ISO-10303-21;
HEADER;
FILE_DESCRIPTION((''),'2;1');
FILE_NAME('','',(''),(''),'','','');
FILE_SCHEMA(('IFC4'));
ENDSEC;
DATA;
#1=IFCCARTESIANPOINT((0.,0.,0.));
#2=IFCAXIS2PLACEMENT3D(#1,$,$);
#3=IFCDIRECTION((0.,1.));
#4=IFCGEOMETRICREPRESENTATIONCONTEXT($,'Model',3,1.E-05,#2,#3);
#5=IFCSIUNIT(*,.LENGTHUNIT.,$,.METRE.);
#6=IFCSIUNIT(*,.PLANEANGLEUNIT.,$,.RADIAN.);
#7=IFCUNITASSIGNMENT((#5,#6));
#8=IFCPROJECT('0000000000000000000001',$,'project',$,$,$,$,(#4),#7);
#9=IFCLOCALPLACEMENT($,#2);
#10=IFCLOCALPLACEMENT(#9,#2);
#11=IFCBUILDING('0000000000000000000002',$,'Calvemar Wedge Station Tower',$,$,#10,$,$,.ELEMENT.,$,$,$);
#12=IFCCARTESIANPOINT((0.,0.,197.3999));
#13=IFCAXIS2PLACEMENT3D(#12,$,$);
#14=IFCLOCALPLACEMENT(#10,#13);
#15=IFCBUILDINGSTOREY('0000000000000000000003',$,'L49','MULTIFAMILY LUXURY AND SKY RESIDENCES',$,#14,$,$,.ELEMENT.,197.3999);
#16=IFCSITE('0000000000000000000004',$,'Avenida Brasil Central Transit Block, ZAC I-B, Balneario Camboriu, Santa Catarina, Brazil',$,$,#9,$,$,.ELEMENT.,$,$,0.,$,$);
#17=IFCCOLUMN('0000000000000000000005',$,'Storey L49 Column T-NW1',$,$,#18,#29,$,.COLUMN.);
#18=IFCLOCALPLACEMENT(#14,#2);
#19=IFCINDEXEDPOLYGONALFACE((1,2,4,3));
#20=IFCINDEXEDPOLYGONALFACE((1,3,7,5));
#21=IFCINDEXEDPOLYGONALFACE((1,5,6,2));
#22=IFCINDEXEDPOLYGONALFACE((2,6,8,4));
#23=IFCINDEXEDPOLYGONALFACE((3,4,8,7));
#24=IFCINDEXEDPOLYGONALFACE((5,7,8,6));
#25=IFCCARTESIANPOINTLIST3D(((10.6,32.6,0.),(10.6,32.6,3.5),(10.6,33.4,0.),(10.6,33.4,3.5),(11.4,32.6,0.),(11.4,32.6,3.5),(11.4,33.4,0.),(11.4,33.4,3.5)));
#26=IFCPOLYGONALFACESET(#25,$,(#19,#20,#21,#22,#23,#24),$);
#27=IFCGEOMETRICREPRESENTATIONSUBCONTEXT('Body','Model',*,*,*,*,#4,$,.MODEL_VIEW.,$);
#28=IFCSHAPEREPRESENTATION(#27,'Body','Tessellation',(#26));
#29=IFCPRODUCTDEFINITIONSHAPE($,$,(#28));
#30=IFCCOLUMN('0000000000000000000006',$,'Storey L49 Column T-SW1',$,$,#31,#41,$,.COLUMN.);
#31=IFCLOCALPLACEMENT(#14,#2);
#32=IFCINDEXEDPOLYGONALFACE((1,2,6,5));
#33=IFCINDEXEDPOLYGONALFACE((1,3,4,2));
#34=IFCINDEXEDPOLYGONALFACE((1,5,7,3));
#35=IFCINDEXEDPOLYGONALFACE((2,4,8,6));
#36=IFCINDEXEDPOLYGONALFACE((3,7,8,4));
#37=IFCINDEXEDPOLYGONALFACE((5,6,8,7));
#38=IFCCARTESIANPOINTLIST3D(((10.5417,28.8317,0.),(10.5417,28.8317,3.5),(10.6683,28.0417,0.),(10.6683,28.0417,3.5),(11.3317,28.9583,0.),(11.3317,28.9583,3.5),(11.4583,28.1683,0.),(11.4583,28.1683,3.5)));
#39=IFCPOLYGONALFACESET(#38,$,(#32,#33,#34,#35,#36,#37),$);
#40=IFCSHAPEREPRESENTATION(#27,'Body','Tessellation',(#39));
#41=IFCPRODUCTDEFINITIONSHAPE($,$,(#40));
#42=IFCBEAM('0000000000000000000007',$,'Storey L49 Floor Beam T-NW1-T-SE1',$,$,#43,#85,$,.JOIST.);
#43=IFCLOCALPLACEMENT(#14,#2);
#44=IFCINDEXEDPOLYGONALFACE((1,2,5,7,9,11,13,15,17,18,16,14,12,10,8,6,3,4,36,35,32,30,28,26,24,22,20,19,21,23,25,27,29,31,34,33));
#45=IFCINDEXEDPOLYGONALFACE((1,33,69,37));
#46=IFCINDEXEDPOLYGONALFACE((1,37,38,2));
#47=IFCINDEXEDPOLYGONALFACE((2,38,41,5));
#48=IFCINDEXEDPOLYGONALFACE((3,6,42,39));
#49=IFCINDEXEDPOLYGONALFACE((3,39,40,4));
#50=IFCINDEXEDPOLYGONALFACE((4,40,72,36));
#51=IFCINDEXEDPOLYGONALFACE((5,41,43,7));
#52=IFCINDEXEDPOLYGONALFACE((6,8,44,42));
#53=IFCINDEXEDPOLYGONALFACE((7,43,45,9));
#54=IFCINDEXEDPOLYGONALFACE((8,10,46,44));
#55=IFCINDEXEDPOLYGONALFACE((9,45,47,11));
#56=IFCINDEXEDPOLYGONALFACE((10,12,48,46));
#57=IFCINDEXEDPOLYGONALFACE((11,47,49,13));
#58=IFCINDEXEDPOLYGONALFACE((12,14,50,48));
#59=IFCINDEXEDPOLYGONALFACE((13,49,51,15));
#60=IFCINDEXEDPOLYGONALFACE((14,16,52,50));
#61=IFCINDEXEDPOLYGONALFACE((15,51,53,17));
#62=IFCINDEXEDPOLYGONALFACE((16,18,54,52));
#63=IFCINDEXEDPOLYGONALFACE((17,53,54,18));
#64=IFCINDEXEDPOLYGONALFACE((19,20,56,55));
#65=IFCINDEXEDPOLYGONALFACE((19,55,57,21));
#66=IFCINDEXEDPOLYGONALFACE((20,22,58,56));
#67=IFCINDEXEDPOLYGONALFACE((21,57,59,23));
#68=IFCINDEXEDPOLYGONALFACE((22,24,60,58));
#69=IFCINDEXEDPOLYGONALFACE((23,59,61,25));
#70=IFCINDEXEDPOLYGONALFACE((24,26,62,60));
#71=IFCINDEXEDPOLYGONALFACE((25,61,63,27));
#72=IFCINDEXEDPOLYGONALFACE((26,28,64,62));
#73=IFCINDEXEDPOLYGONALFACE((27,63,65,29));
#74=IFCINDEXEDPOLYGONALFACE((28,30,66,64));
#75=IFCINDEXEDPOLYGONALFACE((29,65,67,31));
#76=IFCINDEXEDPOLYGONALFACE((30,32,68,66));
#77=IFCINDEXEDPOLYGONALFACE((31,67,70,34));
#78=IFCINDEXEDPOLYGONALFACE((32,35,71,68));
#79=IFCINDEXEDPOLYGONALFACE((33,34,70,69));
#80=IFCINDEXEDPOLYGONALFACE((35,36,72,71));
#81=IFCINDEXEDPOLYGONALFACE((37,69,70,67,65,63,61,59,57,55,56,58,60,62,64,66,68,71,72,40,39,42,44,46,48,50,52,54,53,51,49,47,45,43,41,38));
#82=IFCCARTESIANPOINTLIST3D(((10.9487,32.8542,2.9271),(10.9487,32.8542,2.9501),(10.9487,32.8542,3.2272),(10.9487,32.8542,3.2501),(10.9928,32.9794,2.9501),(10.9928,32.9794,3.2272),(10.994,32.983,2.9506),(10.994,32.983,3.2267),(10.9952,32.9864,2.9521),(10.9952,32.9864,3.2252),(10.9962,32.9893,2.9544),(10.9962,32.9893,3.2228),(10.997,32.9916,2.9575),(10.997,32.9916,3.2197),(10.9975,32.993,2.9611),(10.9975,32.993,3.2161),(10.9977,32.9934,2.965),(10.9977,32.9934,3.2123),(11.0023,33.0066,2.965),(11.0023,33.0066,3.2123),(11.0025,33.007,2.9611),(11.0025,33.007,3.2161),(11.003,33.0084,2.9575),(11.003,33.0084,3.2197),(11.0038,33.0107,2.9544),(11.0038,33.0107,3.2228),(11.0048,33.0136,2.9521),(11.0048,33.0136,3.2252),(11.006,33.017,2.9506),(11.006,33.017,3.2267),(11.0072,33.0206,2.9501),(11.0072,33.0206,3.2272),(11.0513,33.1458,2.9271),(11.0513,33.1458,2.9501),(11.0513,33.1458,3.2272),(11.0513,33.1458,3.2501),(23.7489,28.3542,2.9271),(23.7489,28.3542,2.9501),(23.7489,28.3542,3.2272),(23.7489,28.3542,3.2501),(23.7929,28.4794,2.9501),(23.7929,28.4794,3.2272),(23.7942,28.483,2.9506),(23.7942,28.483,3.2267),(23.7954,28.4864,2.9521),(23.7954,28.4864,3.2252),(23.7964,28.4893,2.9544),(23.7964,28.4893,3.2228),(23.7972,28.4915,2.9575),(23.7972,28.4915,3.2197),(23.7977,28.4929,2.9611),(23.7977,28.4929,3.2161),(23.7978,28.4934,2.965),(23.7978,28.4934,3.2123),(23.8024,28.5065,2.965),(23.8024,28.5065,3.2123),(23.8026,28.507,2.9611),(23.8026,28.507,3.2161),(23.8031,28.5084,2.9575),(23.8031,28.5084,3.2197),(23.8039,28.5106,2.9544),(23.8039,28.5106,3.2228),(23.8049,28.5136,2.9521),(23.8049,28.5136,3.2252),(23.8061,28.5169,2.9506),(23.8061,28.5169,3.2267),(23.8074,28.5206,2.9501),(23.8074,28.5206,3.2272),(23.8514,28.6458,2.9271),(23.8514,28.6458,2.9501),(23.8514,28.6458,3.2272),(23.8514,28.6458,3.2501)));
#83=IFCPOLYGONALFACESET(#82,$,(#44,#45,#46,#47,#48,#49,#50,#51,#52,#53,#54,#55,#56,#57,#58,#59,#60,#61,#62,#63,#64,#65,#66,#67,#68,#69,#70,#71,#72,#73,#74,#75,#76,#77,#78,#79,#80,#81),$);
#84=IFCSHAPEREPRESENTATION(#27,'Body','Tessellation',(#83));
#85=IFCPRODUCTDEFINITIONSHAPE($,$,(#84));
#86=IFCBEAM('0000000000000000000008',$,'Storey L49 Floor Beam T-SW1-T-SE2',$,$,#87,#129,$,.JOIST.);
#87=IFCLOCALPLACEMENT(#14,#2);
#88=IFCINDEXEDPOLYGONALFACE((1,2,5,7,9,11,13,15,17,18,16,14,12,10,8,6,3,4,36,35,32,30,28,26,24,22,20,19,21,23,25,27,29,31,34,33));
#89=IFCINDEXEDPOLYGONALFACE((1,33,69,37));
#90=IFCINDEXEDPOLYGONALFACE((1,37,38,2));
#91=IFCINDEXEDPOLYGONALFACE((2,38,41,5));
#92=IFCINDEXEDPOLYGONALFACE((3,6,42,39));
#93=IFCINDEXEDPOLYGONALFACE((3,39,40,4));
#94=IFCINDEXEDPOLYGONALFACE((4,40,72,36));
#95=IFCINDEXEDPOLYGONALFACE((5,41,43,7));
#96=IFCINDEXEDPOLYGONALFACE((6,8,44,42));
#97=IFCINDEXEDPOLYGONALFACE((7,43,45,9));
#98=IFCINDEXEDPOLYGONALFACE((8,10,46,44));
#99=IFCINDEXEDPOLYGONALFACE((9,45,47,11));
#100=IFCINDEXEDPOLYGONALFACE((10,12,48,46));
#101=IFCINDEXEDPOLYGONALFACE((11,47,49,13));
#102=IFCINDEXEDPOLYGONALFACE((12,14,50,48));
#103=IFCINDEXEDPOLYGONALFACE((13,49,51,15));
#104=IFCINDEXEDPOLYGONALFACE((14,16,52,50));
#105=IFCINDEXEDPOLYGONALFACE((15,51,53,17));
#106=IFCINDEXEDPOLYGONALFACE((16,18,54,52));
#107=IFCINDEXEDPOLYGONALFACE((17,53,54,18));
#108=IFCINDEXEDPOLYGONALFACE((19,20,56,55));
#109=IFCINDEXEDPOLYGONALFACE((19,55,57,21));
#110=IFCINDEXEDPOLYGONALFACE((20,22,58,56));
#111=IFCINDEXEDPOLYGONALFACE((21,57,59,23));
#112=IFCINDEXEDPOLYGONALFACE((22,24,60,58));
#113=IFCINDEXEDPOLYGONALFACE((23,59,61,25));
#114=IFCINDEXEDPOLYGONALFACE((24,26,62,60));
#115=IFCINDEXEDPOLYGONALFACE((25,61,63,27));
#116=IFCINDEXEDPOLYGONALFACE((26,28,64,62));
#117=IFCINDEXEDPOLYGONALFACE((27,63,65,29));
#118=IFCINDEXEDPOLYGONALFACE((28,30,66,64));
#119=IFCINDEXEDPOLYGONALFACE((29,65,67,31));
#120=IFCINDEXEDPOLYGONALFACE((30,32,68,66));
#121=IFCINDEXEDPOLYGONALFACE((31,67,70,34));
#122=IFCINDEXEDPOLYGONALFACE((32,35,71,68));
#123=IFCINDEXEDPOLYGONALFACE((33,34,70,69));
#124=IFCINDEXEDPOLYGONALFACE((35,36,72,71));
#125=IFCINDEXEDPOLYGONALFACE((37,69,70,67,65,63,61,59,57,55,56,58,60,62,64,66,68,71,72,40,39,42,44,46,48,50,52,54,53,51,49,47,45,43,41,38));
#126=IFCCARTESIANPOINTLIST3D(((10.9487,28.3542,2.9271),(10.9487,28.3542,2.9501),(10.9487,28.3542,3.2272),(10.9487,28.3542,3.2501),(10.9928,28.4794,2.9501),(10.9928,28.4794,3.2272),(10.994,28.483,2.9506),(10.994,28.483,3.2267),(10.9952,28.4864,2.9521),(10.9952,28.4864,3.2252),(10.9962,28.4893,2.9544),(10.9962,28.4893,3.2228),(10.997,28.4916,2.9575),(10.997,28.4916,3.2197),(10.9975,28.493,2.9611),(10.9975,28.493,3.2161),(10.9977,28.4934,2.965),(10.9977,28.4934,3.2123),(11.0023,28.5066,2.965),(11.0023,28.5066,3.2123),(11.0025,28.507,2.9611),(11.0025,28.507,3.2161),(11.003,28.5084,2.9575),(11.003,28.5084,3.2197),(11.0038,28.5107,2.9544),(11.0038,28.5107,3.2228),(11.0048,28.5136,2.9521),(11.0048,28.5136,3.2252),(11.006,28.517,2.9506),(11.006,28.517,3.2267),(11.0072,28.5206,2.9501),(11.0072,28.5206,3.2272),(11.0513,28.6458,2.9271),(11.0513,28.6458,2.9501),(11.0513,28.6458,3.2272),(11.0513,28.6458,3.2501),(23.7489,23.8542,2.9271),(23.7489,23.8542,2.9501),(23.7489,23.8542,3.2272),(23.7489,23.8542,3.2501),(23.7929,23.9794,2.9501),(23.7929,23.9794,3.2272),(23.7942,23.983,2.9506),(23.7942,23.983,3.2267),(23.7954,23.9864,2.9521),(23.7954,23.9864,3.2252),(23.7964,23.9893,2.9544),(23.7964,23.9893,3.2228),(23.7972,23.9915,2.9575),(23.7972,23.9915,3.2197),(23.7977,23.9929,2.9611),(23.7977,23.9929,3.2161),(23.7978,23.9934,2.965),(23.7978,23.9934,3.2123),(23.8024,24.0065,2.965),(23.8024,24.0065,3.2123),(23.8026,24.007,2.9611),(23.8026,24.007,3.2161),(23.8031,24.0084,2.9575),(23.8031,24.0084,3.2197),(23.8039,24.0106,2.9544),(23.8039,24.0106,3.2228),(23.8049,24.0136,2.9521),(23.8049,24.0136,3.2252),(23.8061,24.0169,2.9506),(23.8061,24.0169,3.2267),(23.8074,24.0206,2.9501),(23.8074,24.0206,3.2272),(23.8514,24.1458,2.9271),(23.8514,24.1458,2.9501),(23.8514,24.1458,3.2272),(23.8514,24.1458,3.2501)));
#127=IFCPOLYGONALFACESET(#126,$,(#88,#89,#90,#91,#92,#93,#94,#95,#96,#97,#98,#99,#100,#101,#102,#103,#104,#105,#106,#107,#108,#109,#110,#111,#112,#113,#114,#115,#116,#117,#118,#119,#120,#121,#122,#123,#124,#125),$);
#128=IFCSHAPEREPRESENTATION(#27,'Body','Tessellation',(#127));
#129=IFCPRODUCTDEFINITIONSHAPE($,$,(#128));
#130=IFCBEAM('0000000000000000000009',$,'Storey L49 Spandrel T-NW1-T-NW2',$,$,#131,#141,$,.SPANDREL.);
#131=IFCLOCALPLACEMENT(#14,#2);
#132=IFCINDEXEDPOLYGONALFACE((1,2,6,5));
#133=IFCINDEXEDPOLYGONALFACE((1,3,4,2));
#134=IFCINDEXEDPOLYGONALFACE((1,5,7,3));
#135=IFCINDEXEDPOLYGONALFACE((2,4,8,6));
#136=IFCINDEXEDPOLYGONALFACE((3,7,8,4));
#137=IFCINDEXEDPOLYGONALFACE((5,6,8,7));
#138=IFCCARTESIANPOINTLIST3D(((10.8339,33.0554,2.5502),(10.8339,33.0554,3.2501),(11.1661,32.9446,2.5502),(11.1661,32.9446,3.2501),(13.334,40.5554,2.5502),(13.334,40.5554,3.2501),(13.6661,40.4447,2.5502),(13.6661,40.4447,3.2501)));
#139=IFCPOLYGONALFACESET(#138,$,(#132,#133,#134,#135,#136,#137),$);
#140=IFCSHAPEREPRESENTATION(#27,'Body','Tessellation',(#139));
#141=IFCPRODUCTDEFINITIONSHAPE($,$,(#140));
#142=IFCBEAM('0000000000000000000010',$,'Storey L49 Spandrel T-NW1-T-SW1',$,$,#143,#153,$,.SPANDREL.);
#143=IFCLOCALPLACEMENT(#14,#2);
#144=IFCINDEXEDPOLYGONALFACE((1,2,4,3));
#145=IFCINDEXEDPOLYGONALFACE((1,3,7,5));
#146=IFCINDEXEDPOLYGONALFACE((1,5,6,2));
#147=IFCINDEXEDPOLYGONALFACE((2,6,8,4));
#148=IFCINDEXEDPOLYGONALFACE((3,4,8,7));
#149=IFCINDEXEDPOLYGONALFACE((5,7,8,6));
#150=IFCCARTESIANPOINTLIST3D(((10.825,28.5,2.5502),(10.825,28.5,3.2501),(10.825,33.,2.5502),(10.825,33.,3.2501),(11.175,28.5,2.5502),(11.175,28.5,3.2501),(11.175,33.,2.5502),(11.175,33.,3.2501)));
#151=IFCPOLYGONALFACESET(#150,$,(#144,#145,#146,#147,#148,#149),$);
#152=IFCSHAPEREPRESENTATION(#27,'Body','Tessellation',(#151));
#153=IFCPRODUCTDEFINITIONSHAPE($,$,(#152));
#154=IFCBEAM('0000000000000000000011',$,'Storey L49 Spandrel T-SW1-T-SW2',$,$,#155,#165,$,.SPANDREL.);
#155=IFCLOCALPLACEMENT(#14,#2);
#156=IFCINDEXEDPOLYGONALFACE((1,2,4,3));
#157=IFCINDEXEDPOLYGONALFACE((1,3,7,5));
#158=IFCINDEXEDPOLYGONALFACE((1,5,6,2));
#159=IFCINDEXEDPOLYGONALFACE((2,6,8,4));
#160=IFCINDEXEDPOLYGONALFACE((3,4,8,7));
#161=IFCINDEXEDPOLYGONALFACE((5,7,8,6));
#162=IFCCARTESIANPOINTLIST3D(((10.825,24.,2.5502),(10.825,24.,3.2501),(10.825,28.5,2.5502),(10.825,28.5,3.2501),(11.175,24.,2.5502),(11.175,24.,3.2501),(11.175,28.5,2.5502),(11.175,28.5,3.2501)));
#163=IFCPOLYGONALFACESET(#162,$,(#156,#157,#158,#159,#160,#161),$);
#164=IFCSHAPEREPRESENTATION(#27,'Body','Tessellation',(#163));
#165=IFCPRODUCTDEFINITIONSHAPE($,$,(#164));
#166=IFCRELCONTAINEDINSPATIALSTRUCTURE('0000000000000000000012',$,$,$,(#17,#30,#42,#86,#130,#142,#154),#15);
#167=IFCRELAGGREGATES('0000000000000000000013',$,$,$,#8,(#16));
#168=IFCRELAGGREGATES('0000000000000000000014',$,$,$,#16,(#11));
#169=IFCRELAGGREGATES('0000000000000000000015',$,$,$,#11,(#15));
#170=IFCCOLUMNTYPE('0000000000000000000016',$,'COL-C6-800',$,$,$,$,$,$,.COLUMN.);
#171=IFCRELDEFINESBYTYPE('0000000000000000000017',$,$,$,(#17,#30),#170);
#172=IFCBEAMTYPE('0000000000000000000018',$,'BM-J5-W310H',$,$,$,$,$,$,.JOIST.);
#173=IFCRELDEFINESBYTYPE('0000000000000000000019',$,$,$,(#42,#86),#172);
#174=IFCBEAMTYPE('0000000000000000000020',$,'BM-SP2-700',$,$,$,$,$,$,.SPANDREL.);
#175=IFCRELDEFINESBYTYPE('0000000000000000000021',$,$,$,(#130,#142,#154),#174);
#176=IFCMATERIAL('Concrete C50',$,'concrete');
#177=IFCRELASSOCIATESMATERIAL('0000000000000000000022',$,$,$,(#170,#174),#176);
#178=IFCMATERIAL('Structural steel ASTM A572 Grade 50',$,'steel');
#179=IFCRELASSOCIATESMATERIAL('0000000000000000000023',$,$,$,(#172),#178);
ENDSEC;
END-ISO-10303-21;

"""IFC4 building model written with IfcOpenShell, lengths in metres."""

from ifc_helpers import new_model, si_unit, direction, frame, origin, origin_2d, place, context, subcontext, project, spatial, rectangle, i_section, extrude, source, transform, mapped, material, material_profile, profile_set, type_object, element, save


model = new_model("IFC4")

# Units and contexts
model_context = context("Model", 3, precision=1e-05, world=origin(), true_north=direction((0.0, 1.0)))
body_context = subcontext(model_context, "Body", "Model", "MODEL_VIEW")
ifc_project = project(units=[si_unit("LENGTHUNIT", "METRE"), si_unit("PLANEANGLEUNIT", "RADIAN")], contexts=[model_context])

# Site, building, storey
site_placement = place(None, origin())
site = spatial("IfcSite", under=ifc_project, at=site_placement, Name="Avenida Brasil Central Transit Block, ZAC I-B, Balneario Camboriu, Santa Catarina, Brazil", CompositionType="ELEMENT", RefElevation=0.0)
building_placement = place(site_placement, origin())
building = spatial("IfcBuilding", under=site, at=building_placement, Name="Calvemar Wedge Station Tower", CompositionType="ELEMENT")
storey_placement = place(building_placement, frame((0.0, 0.0, 197.3999)))
storey = spatial("IfcBuildingStorey", under=building, at=storey_placement, Name="L49", Description="MULTIFAMILY LUXURY AND SKY RESIDENCES", CompositionType="ELEMENT", Elevation=197.3999)

# Columns
ifc_material_1 = material(Name="Concrete C50", Category="concrete")
ifc_material_profile_1 = material_profile(ifc_material_1, rectangle(XDim=0.8, YDim=0.8, at=origin_2d()), Name="RC800x800")
ifc_profile_set_1 = profile_set([ifc_material_profile_1], Name="Concrete C50")
column_type = type_object("IfcColumnType", Name="COL-C6-800", PredefinedType="COLUMN", material=ifc_profile_set_1)
shared_shape_1 = source(origin(), body_context, "Body", "SweptSolid", [
    extrude(rectangle(XDim=0.8, YDim=0.8, at=origin_2d()), origin(), (0.0, 0.0, 1.0), 3.5),
])
for number, where, z_axis, x_axis, name in (
    (1, (11.0, 33.0, 0.0), (0.0, 0.0, 1.0), (1.0, 0.0, 0.0), "Storey L49 Column T-NW1"),
    (2, (11.0, 28.5, 0.0), (0.0, 0.0, 1.0), (0.158158, -0.987414, 0.0), "Storey L49 Column T-SW1"),
):
    element("IfcColumn", number, at=place(storey_placement, frame(where, z_axis=z_axis, x_axis=x_axis)), inside=storey, type_object=column_type, Name=name, PredefinedType="COLUMN", context=body_context, shape_type="MappedRepresentation", body=[
        mapped(shared_shape_1, transform((0.0, 0.0, 0.0), scale=1.0)),
    ])

# Beams
ifc_material_2 = material(Name="Structural steel ASTM A572 Grade 50", Category="steel")
ifc_material_profile_2 = material_profile(ifc_material_2, i_section(OverallWidth=0.3091, OverallDepth=0.323, WebThickness=0.0139, FlangeThickness=0.0229, FilletRadius=0.0149, at=origin_2d()), Name="W310x143")
ifc_profile_set_2 = profile_set([ifc_material_profile_2], Name="Structural steel ASTM A572 Grade 50")
beam_type_1 = type_object("IfcBeamType", Name="BM-J5-W310H", PredefinedType="JOIST", material=ifc_profile_set_2)
shared_shape_2 = source(origin(), body_context, "Body", "SweptSolid", [
    extrude(i_section(OverallWidth=0.3091, OverallDepth=0.323, WebThickness=0.0139, FlangeThickness=0.0229, FilletRadius=0.0149, at=origin_2d()), origin(), (0.0, 0.0, 1.0), 13.5681),
])
for number, where, z_axis, x_axis, name in (
    (3, (11.0, 33.0, 3.0886), (0.943398, -0.331662, 0.0), (0.331662, 0.943398, 0.0), "Storey L49 Floor Beam T-NW1-T-SE1"),
    (4, (11.0, 28.5, 3.0886), (0.943398, -0.331662, 0.0), (0.331662, 0.943398, 0.0), "Storey L49 Floor Beam T-SW1-T-SE2"),
):
    element("IfcBeam", number, at=place(storey_placement, frame(where, z_axis=z_axis, x_axis=x_axis)), inside=storey, type_object=beam_type_1, Name=name, PredefinedType="JOIST", context=body_context, shape_type="MappedRepresentation", body=[
        mapped(shared_shape_2, transform((0.0, 0.0, 0.0), scale=1.0)),
    ])
ifc_material_profile_3 = material_profile(ifc_material_1, rectangle(XDim=0.3501, YDim=0.7, at=origin_2d()), Name="RC350x700")
ifc_profile_set_3 = profile_set([ifc_material_profile_3], Name="Concrete C50")
beam_type_2 = type_object("IfcBeamType", Name="BM-SP2-700", PredefinedType="SPANDREL", material=ifc_profile_set_3)
shared_shape_3 = source(origin(), body_context, "Body", "SweptSolid", [
    extrude(rectangle(XDim=0.3501, YDim=0.7, at=origin_2d()), origin(), (0.0, 0.0, 1.0), 7.9058),
])
beam_1_placement = place(storey_placement, frame((11.0, 33.0, 2.9001), z_axis=(0.316228, 0.948683, 0.0), x_axis=(-0.948683, 0.316228, 0.0)))
element("IfcBeam", 5, at=beam_1_placement, inside=storey, type_object=beam_type_2, Name="Storey L49 Spandrel T-NW1-T-NW2", PredefinedType="SPANDREL", context=body_context, shape_type="MappedRepresentation", body=[
    mapped(shared_shape_3, transform((0.0, 0.0, 0.0), scale=1.0)),
])
shared_shape_4 = source(origin(), body_context, "Body", "SweptSolid", [
    extrude(rectangle(XDim=0.3501, YDim=0.7, at=origin_2d()), origin(), (0.0, 0.0, 1.0), 4.5),
])
for number, where, z_axis, x_axis, name in (
    (6, (11.0, 33.0, 2.9001), (0.0, -1.0, 0.0), (1.0, 0.0, 0.0), "Storey L49 Spandrel T-NW1-T-SW1"),
    (7, (11.0, 28.5, 2.9001), (0.0, -1.0, 0.0), (1.0, 0.0, 0.0), "Storey L49 Spandrel T-SW1-T-SW2"),
):
    element("IfcBeam", number, at=place(storey_placement, frame(where, z_axis=z_axis, x_axis=x_axis)), inside=storey, type_object=beam_type_2, Name=name, PredefinedType="SPANDREL", context=body_context, shape_type="MappedRepresentation", body=[
        mapped(shared_shape_4, transform((0.0, 0.0, 0.0), scale=1.0)),
    ])

save(model, "model.ifc")
